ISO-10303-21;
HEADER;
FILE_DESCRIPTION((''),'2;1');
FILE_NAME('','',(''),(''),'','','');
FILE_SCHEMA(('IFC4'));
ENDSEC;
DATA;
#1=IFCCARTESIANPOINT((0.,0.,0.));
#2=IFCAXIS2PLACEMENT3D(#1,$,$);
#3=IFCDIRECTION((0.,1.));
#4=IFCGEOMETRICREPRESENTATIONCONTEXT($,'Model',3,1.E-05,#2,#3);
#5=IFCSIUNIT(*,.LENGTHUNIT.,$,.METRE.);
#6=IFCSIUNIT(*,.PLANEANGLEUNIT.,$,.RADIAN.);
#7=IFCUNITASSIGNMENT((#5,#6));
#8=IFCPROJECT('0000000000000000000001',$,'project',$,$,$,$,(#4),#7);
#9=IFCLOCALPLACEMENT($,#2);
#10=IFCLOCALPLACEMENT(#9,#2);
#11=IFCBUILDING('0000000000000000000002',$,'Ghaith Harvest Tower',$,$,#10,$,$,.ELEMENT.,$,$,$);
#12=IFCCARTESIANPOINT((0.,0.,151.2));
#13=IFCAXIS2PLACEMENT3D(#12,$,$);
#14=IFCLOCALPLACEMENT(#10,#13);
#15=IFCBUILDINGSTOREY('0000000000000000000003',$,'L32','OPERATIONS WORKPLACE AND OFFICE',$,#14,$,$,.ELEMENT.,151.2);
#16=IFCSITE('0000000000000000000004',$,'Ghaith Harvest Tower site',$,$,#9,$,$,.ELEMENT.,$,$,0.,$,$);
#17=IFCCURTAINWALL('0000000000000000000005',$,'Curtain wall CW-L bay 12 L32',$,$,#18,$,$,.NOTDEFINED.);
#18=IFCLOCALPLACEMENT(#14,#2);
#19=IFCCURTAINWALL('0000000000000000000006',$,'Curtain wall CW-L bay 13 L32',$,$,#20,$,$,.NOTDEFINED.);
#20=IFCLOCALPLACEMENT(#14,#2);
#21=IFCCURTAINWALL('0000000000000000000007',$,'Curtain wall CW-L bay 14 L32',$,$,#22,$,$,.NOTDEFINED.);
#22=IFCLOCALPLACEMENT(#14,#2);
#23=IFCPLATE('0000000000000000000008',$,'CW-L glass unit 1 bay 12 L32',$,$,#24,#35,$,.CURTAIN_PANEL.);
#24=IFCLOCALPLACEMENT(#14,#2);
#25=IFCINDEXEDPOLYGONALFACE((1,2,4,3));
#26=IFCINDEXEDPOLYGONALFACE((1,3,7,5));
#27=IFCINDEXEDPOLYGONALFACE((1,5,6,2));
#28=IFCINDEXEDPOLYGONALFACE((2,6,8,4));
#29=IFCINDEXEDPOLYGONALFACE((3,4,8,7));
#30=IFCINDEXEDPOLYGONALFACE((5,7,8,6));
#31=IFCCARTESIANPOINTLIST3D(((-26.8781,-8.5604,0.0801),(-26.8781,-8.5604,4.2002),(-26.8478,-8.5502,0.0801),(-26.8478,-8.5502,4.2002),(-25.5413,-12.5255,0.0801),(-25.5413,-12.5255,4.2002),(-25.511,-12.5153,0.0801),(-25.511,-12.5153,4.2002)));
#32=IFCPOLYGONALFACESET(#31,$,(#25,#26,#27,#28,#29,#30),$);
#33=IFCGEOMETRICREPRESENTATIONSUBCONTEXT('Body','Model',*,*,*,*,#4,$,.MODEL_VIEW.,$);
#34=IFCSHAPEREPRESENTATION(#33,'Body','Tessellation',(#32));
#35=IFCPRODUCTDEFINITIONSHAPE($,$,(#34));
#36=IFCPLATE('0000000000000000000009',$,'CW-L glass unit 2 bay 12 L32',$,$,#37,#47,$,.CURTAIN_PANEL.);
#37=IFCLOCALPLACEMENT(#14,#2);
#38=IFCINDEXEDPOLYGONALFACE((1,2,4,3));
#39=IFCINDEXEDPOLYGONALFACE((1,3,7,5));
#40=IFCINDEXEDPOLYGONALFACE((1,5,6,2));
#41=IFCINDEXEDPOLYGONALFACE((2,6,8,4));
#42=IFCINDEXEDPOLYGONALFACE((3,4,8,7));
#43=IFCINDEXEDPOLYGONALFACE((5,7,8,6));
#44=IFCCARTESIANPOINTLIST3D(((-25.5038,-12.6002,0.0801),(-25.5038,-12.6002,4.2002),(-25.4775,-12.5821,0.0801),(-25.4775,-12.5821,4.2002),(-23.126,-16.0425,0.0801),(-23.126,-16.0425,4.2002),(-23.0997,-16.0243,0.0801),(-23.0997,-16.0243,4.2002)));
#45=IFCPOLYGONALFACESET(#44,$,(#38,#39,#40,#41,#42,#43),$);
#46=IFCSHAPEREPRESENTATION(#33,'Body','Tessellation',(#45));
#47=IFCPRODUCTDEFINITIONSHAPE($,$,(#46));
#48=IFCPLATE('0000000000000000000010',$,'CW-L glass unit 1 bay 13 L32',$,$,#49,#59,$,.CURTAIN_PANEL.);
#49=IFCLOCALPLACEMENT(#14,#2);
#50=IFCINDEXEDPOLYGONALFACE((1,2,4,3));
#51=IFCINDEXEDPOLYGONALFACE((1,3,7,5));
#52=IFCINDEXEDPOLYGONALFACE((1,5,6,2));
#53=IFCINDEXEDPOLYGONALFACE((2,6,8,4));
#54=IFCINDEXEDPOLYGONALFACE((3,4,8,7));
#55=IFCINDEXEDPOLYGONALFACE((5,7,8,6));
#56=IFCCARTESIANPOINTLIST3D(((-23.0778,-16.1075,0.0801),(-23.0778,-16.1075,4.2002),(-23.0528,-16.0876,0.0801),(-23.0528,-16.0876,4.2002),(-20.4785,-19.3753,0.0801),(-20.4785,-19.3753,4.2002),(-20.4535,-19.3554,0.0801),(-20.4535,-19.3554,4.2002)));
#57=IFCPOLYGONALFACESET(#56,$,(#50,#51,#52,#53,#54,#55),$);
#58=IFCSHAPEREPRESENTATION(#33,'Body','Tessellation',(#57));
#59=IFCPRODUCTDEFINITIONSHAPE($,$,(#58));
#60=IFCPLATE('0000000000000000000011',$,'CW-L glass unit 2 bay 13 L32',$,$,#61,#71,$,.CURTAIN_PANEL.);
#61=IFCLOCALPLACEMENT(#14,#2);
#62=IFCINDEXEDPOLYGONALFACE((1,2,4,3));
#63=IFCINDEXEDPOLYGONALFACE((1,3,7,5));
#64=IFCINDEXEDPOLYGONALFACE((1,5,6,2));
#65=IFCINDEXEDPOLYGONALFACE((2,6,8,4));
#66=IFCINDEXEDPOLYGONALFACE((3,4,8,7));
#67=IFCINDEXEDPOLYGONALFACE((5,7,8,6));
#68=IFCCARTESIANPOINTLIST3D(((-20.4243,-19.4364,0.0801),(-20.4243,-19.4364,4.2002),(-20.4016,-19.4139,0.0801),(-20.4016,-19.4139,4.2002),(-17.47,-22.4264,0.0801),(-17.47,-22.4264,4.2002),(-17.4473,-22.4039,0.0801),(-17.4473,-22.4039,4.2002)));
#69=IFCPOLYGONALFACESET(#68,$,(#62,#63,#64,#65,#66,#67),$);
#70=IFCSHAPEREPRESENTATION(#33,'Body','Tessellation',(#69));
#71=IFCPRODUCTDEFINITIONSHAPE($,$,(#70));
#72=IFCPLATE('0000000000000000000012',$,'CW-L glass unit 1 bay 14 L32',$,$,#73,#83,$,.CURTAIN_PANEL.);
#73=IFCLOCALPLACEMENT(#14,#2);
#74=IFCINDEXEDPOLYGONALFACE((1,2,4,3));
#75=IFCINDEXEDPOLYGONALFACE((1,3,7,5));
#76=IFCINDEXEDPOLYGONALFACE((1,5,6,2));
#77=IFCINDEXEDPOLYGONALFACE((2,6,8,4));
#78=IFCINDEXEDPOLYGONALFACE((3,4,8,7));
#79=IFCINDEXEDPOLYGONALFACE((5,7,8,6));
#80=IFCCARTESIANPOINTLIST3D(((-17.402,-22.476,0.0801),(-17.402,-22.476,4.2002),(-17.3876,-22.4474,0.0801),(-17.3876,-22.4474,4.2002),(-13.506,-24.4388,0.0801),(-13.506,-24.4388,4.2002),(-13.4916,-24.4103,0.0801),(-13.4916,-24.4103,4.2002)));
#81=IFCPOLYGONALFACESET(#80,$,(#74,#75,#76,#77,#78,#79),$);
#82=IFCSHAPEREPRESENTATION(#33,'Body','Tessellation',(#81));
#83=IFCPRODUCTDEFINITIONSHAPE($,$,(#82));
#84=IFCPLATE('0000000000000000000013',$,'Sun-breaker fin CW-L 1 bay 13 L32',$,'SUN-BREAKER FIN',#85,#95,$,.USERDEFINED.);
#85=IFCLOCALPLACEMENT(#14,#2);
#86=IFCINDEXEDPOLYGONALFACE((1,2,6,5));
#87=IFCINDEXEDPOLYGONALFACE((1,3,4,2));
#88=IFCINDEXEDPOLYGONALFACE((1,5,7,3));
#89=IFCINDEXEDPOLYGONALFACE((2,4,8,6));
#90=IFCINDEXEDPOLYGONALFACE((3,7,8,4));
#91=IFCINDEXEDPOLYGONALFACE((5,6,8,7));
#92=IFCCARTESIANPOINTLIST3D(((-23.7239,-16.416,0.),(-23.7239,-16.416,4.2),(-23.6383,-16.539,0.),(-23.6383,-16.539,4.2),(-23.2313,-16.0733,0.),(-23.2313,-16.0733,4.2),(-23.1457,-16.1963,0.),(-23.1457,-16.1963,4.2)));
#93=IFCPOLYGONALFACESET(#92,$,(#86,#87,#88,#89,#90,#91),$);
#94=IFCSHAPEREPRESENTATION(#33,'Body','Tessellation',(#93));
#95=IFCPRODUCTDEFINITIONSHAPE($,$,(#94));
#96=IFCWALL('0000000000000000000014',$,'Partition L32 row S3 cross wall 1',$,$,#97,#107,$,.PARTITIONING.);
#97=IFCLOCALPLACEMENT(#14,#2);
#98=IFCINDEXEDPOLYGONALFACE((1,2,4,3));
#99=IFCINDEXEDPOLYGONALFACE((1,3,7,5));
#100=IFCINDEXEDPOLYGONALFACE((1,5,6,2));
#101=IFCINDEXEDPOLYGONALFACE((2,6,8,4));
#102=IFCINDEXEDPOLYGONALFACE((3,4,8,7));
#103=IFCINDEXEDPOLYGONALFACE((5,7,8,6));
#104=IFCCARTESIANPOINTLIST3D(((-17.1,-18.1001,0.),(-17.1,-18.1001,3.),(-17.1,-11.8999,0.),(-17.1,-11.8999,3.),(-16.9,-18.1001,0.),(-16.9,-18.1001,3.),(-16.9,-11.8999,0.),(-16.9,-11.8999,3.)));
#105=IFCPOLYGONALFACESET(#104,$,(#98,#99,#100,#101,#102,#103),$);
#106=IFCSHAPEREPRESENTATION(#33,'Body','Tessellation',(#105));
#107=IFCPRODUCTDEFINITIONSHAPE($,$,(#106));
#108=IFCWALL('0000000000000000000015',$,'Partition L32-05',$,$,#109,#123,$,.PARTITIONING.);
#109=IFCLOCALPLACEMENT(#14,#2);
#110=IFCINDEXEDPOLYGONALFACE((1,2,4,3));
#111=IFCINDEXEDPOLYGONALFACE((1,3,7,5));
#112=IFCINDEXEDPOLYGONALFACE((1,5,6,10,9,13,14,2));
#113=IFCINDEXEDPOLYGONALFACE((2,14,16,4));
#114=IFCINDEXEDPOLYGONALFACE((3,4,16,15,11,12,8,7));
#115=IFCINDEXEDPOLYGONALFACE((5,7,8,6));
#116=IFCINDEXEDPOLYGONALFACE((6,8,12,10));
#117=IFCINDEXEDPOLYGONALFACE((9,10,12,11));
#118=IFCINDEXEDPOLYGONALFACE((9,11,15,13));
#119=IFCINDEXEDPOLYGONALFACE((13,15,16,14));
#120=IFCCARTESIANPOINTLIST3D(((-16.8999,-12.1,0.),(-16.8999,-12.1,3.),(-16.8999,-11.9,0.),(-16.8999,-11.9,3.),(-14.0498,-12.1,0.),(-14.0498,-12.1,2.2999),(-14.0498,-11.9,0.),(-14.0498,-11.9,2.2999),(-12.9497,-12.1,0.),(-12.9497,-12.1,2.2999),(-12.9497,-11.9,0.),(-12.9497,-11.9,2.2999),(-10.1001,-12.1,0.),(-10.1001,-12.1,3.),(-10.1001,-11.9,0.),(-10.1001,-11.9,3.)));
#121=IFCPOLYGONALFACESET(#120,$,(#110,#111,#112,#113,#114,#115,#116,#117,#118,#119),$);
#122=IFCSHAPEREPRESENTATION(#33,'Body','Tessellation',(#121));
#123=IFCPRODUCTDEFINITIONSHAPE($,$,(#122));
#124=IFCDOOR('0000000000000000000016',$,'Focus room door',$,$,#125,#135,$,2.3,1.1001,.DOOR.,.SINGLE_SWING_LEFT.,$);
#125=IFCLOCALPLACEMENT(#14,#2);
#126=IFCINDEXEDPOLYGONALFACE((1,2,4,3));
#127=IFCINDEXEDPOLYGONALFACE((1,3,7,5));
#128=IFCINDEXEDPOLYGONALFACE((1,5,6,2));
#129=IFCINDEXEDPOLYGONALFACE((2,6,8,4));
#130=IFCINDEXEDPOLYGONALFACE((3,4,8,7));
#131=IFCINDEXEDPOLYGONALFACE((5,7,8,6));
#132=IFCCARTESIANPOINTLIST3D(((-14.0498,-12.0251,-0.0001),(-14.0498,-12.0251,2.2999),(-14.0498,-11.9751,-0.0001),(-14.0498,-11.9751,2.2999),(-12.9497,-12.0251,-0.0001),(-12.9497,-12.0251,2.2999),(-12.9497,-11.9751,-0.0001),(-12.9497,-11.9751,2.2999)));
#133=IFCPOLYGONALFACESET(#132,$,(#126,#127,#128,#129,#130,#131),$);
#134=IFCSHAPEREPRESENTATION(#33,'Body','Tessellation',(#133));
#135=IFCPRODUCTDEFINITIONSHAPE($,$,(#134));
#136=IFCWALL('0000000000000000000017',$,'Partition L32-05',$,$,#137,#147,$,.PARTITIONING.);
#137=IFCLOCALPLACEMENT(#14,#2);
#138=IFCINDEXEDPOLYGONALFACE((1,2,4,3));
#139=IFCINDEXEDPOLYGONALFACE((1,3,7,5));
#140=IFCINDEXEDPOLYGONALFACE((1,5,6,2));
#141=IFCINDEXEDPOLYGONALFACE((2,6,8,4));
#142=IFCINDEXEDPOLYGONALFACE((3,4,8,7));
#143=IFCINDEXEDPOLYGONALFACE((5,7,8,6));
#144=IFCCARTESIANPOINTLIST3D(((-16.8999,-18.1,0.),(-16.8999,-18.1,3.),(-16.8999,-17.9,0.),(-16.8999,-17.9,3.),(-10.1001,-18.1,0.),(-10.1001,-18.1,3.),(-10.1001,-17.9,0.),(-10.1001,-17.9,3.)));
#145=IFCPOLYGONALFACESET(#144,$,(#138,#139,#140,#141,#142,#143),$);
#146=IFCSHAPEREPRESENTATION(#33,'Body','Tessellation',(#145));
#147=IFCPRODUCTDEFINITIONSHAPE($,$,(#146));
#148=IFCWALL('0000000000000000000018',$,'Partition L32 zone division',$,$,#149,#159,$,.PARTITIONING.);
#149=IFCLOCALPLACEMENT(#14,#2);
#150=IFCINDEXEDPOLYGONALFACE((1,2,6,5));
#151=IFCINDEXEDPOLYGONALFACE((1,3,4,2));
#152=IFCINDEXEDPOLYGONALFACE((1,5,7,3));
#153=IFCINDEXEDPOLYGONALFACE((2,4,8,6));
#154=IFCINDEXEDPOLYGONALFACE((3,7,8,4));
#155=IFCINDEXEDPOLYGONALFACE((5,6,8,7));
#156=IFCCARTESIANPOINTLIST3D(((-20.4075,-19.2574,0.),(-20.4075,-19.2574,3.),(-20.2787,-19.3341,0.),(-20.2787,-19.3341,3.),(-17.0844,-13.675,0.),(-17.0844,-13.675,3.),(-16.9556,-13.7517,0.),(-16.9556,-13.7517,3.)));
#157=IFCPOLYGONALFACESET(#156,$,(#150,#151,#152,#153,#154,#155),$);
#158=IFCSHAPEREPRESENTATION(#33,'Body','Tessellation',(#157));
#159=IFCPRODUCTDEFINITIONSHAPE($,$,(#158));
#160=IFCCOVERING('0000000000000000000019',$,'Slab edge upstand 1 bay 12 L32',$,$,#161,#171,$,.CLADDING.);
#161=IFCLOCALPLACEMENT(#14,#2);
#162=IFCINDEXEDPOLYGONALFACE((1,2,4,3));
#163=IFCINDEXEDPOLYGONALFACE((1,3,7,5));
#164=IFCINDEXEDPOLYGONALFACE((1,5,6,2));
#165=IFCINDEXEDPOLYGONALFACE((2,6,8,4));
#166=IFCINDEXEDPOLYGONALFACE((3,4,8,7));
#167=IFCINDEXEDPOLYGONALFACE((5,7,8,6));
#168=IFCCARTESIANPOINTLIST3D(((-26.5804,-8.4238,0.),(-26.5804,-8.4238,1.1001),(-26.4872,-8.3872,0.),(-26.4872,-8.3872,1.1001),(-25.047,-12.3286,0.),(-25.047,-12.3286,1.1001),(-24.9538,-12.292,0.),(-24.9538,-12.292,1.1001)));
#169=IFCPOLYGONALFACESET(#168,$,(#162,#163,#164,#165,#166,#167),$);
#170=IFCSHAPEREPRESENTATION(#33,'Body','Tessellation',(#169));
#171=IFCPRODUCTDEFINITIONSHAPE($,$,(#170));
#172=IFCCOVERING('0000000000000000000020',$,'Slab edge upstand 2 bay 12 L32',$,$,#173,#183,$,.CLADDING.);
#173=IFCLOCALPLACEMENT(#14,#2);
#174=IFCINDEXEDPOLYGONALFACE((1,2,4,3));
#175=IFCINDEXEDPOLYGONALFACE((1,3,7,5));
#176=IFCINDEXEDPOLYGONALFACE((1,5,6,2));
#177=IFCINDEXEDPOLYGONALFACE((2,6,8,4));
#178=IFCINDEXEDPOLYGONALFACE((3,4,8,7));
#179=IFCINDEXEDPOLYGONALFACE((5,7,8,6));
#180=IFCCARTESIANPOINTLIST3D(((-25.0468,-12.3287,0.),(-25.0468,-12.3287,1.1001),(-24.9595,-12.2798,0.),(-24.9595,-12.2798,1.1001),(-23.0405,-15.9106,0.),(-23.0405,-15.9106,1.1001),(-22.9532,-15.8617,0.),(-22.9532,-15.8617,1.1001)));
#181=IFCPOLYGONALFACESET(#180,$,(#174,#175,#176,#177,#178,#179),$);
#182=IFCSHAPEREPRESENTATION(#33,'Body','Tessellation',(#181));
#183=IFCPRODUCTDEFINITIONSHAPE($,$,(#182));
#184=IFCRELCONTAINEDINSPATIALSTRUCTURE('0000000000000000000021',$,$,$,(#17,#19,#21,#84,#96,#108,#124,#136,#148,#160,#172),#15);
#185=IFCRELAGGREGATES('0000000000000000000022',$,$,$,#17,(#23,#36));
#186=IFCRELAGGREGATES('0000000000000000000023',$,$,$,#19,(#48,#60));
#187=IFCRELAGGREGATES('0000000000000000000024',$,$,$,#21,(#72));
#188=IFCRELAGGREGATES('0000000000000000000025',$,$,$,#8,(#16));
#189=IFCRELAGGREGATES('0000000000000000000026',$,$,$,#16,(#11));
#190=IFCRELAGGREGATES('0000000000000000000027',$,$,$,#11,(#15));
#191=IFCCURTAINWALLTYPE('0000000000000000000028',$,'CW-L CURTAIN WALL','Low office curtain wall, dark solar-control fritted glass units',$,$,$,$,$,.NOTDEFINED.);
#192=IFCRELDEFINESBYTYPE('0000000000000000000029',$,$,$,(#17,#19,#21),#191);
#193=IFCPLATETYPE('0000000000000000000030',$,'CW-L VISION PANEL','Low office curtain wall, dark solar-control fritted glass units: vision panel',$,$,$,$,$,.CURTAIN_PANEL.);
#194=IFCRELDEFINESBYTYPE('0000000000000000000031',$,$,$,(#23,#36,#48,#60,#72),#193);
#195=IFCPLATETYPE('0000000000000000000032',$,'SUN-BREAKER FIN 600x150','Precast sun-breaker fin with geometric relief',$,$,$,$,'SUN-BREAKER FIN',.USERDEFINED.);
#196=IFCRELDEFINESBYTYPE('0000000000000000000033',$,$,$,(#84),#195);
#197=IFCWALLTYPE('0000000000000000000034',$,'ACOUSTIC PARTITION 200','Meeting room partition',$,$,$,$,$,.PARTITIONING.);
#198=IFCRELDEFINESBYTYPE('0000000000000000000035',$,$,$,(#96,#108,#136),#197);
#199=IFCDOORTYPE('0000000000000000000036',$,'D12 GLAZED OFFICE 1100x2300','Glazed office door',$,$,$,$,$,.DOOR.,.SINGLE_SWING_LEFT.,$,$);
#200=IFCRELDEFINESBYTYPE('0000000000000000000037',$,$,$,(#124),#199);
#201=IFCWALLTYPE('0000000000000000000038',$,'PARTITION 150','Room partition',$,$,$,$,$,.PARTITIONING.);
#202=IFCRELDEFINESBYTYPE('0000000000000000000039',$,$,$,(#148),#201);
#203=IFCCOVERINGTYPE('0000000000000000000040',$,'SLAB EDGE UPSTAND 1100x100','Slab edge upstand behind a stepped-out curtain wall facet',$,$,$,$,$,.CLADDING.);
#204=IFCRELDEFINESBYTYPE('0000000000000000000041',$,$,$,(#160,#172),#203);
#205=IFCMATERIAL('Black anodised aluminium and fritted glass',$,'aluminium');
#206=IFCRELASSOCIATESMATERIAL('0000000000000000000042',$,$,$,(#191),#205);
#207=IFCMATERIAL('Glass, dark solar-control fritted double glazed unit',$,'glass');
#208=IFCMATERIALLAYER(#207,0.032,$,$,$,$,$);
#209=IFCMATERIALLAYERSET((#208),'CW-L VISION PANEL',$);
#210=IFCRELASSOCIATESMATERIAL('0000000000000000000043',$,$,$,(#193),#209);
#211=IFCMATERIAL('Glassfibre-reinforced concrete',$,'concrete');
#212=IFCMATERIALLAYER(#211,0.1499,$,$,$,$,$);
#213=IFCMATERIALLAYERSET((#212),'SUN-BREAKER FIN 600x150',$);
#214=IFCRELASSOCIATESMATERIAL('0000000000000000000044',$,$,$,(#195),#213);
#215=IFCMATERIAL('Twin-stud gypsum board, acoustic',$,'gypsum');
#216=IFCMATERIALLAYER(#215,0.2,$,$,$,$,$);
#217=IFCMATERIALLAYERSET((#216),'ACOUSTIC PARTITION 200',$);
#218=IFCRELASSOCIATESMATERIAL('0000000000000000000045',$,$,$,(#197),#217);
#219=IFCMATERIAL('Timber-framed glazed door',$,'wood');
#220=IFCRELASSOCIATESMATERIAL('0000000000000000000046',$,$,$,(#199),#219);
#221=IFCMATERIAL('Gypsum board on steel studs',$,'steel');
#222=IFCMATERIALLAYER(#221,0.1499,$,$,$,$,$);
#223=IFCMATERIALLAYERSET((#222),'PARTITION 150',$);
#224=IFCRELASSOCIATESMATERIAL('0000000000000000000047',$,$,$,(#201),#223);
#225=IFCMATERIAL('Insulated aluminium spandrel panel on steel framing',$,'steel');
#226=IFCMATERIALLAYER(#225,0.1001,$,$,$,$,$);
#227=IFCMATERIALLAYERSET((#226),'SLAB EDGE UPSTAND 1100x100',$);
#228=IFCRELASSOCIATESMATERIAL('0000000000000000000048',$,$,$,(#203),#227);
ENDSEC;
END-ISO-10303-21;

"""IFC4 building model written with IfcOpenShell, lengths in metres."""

from ifc_helpers import new_model, si_unit, direction, frame, frame_2d, origin, origin_2d, place, context, subcontext, project, spatial, rectangle, extrude, material, layer, layer_set, type_object, element, fill, aggregate, save


model = new_model("IFC4")

# Units and contexts
model_context = context("Model", 3, precision=1e-05, world=origin(), true_north=direction((0.0, 1.0)))
body_context = subcontext(model_context, "Body", "Model", "MODEL_VIEW")
ifc_project = project(units=[si_unit("LENGTHUNIT", "METRE"), si_unit("PLANEANGLEUNIT", "RADIAN")], contexts=[model_context])

# Site, building, storey
site_placement = place(None, origin())
site = spatial("IfcSite", under=ifc_project, at=site_placement, Name="Ghaith Harvest Tower site", CompositionType="ELEMENT", RefElevation=0.0)
building_placement = place(site_placement, origin())
building = spatial("IfcBuilding", under=site, at=building_placement, Name="Ghaith Harvest Tower", CompositionType="ELEMENT")
storey_placement = place(building_placement, frame((0.0, 0.0, 151.2)))
storey = spatial("IfcBuildingStorey", under=building, at=storey_placement, Name="L32", Description="OPERATIONS WORKPLACE AND OFFICE", CompositionType="ELEMENT", Elevation=151.2)

# Curtain wall
ifc_material_1 = material(Name="Black anodised aluminium and fritted glass", Category="aluminium")
curtain_wall_type = type_object("IfcCurtainWallType", Name="CW-L CURTAIN WALL", Description="Low office curtain wall, dark solar-control fritted glass units", PredefinedType="NOTDEFINED", material=ifc_material_1)
curtain_wall_1_placement = place(storey_placement, origin())
curtain_wall_1 = element("IfcCurtainWall", 1, at=curtain_wall_1_placement, inside=storey, type_object=curtain_wall_type, Name="Curtain wall CW-L bay 12 L32", PredefinedType="NOTDEFINED")

# Curtain wall
curtain_wall_2_placement = place(storey_placement, origin())
curtain_wall_2 = element("IfcCurtainWall", 2, at=curtain_wall_2_placement, inside=storey, type_object=curtain_wall_type, Name="Curtain wall CW-L bay 13 L32", PredefinedType="NOTDEFINED")

# Curtain wall
curtain_wall_3_placement = place(storey_placement, origin())
curtain_wall_3 = element("IfcCurtainWall", 3, at=curtain_wall_3_placement, inside=storey, type_object=curtain_wall_type, Name="Curtain wall CW-L bay 14 L32", PredefinedType="NOTDEFINED")

# Plates
ifc_material_2 = material(Name="Glass, dark solar-control fritted double glazed unit", Category="glass")
ifc_layer_1 = layer(ifc_material_2, 0.032)
ifc_layer_set_1 = layer_set([ifc_layer_1], Name="CW-L VISION PANEL")
plate_type_1 = type_object("IfcPlateType", Name="CW-L VISION PANEL", Description="Low office curtain wall, dark solar-control fritted glass units: vision panel", PredefinedType="CURTAIN_PANEL", material=ifc_layer_set_1)
plate_1_placement = place(storey_placement, frame((-26.1946, -10.5378, 0.0801), z_axis=(0.0, 0.0, 1.0), x_axis=(0.319477, -0.947594, 0.0)))
plate_1 = element("IfcPlate", 4, at=plate_1_placement, type_object=plate_type_1, Name="CW-L glass unit 1 bay 12 L32", PredefinedType="CURTAIN_PANEL", context=body_context, shape_type="SweptSolid", body=[
    extrude(rectangle(XDim=4.1843, YDim=0.032, at=origin_2d()), origin(), (0.0, 0.0, 1.0), 4.1201),
])
plate_2_placement = place(storey_placement, frame((-24.3018, -14.3123, 0.0801), z_axis=(0.0, 0.0, 1.0), x_axis=(0.568348, -0.822788, 0.0)))
plate_2 = element("IfcPlate", 5, at=plate_2_placement, type_object=plate_type_1, Name="CW-L glass unit 2 bay 12 L32", PredefinedType="CURTAIN_PANEL", context=body_context, shape_type="SweptSolid", body=[
    extrude(rectangle(XDim=4.1836, YDim=0.032, at=origin_2d()), origin(), (0.0, 0.0, 1.0), 4.1201),
])
aggregate(curtain_wall_1, [plate_1, plate_2])
plate_3_placement = place(storey_placement, frame((-21.7656, -17.7314, 0.0801), z_axis=(0.0, 0.0, 1.0), x_axis=(0.622507, -0.782614, 0.0)))
plate_3 = element("IfcPlate", 6, at=plate_3_placement, type_object=plate_type_1, Name="CW-L glass unit 1 bay 13 L32", PredefinedType="CURTAIN_PANEL", context=body_context, shape_type="SweptSolid", body=[
    extrude(rectangle(XDim=4.1755, YDim=0.032, at=origin_2d()), origin(), (0.0, 0.0, 1.0), 4.1201),
])
plate_4_placement = place(storey_placement, frame((-18.9358, -20.9202, 0.0801), z_axis=(0.0, 0.0, 1.0), x_axis=(0.702843, -0.711345, 0.0)))
plate_4 = element("IfcPlate", 7, at=plate_4_placement, type_object=plate_type_1, Name="CW-L glass unit 2 bay 13 L32", PredefinedType="CURTAIN_PANEL", context=body_context, shape_type="SweptSolid", body=[
    extrude(rectangle(XDim=4.2034, YDim=0.032, at=origin_2d()), origin(), (0.0, 0.0, 1.0), 4.1201),
])
aggregate(curtain_wall_2, [plate_3, plate_4])
plate_5_placement = place(storey_placement, frame((-15.4468, -23.4431, 0.0801), z_axis=(0.0, 0.0, 1.0), x_axis=(0.893062, -0.449933, 0.0)))
plate_5 = element("IfcPlate", 8, at=plate_5_placement, type_object=plate_type_1, Name="CW-L glass unit 1 bay 14 L32", PredefinedType="CURTAIN_PANEL", context=body_context, shape_type="SweptSolid", body=[
    extrude(rectangle(XDim=4.3625, YDim=0.032, at=origin_2d()), origin(), (0.0, 0.0, 1.0), 4.1201),
])
aggregate(curtain_wall_3, [plate_5])
ifc_material_3 = material(Name="Glassfibre-reinforced concrete", Category="concrete")
ifc_layer_2 = layer(ifc_material_3, 0.1499)
ifc_layer_set_2 = layer_set([ifc_layer_2], Name="SUN-BREAKER FIN 600x150")
plate_type_2 = type_object("IfcPlateType", Name="SUN-BREAKER FIN 600x150", Description="Precast sun-breaker fin with geometric relief", ElementType="SUN-BREAKER FIN", PredefinedType="USERDEFINED", material=ifc_layer_set_2)
plate_6_placement = place(storey_placement, frame((-23.4348, -16.3062, 0.0), z_axis=(0.0, 0.0, 1.0), x_axis=(-0.820845, -0.57115, 0.0)))
element("IfcPlate", 9, at=plate_6_placement, inside=storey, type_object=plate_type_2, Name="Sun-breaker fin CW-L 1 bay 13 L32", ObjectType="SUN-BREAKER FIN", PredefinedType="USERDEFINED", context=body_context, shape_type="SweptSolid", body=[
    extrude(rectangle(XDim=0.6001, YDim=0.1499, at=origin_2d()), origin(), (0.0, 0.0, 1.0), 4.2),
])

# Wall
ifc_material_4 = material(Name="Twin-stud gypsum board, acoustic", Category="gypsum")
ifc_layer_3 = layer(ifc_material_4, 0.2)
ifc_layer_set_3 = layer_set([ifc_layer_3], Name="ACOUSTIC PARTITION 200")
wall_type_1 = type_object("IfcWallType", Name="ACOUSTIC PARTITION 200", Description="Meeting room partition", PredefinedType="PARTITIONING", material=ifc_layer_set_3)
wall_1_placement = place(storey_placement, frame((-17.0, -11.8999, 0.0), z_axis=(0.0, 0.0, 1.0), x_axis=(0.0, -1.0, 0.0)))
element("IfcWall", 10, at=wall_1_placement, inside=storey, type_object=wall_type_1, Name="Partition L32 row S3 cross wall 1", PredefinedType="PARTITIONING", context=body_context, shape_type="SweptSolid", body=[
    extrude(rectangle(XDim=6.2002, YDim=0.2, at=frame_2d((3.1001, 0.0))), origin(), (0.0, 0.0, 1.0), 3.0),
])

# Wall, opening, door
wall_2_placement = place(storey_placement, frame((-16.8999, -12.0, 0.0), z_axis=(0.0, 0.0, 1.0), x_axis=(1.0, 0.0, 0.0)))
wall_2 = element("IfcWall", 11, at=wall_2_placement, inside=storey, type_object=wall_type_1, Name="Partition L32-05", PredefinedType="PARTITIONING", context=body_context, shape_type="SweptSolid", body=[
    extrude(rectangle(XDim=6.7998, YDim=0.2, at=frame_2d((3.3999, 0.0))), origin(), (0.0, 0.0, 1.0), 3.0),
])
opening_1_placement = place(wall_2_placement, frame((2.8501, 0.0, 0.0)))
opening_1 = element("IfcOpeningElement", 12, at=opening_1_placement, cuts=wall_2, PredefinedType="OPENING", context=body_context, shape_type="SweptSolid", body=[
    extrude(rectangle(XDim=1.1001, YDim=2.3, at=frame_2d((0.55, 1.1499))), frame((0.0, 0.1099, 0.0), z_axis=(0.0, -1.0, 0.0), x_axis=(1.0, 0.0, 0.0)), (0.0, 0.0, 1.0), 0.22),
])
ifc_material_5 = material(Name="Timber-framed glazed door", Category="wood")
door_type_1 = type_object("IfcDoorType", Name="D12 GLAZED OFFICE 1100x2300", Description="Glazed office door", OperationType="SINGLE_SWING_LEFT", PredefinedType="DOOR", material=ifc_material_5)
door_1_placement = place(opening_1_placement, origin())
door_1 = element("IfcDoor", 13, at=door_1_placement, inside=storey, type_object=door_type_1, Name="Focus room door", OperationType="SINGLE_SWING_LEFT", OverallHeight=2.3, OverallWidth=1.1001, PredefinedType="DOOR", context=body_context, shape_type="SweptSolid", body=[
    extrude(rectangle(XDim=1.1001, YDim=2.3, at=frame_2d((0.55, 1.1499))), frame((0.0, 0.0249, 0.0), z_axis=(0.0, -1.0, 0.0), x_axis=(1.0, 0.0, 0.0)), (0.0, 0.0, 1.0), 0.05),
])
fill(opening_1, door_1)

# Wall
wall_3_placement = place(storey_placement, frame((-16.8999, -18.0, 0.0), z_axis=(0.0, 0.0, 1.0), x_axis=(1.0, 0.0, 0.0)))
element("IfcWall", 14, at=wall_3_placement, inside=storey, type_object=wall_type_1, Name="Partition L32-05", PredefinedType="PARTITIONING", context=body_context, shape_type="SweptSolid", body=[
    extrude(rectangle(XDim=6.7998, YDim=0.2, at=frame_2d((3.3999, 0.0))), origin(), (0.0, 0.0, 1.0), 3.0),
])

# Wall
ifc_material_6 = material(Name="Gypsum board on steel studs", Category="steel")
ifc_layer_4 = layer(ifc_material_6, 0.1499)
ifc_layer_set_4 = layer_set([ifc_layer_4], Name="PARTITION 150")
wall_type_2 = type_object("IfcWallType", Name="PARTITION 150", Description="Room partition", PredefinedType="PARTITIONING", material=ifc_layer_set_4)
wall_4_placement = place(storey_placement, frame((-17.02, -13.7134, 0.0), z_axis=(0.0, 0.0, 1.0), x_axis=(-0.511508, -0.859278, 0.0)))
element("IfcWall", 15, at=wall_4_placement, inside=storey, type_object=wall_type_2, Name="Partition L32 zone division", PredefinedType="PARTITIONING", context=body_context, shape_type="SweptSolid", body=[
    extrude(rectangle(XDim=6.4966, YDim=0.1499, at=frame_2d((3.2483, 0.0))), origin(), (0.0, 0.0, 1.0), 3.0),
])

# Coverings
ifc_material_7 = material(Name="Insulated aluminium spandrel panel on steel framing", Category="steel")
ifc_layer_5 = layer(ifc_material_7, 0.1001)
ifc_layer_set_5 = layer_set([ifc_layer_5], Name="SLAB EDGE UPSTAND 1100x100")
covering_type = type_object("IfcCoveringType", Name="SLAB EDGE UPSTAND 1100x100", Description="Slab edge upstand behind a stepped-out curtain wall facet", PredefinedType="CLADDING", material=ifc_layer_set_5)
covering_1_placement = place(storey_placement, frame((-25.7671, -10.3579, 0.0), z_axis=(0.0, 0.0, 1.0), x_axis=(0.365515, -0.930805, 0.0)))
element("IfcCovering", 16, at=covering_1_placement, inside=storey, type_object=covering_type, Name="Slab edge upstand 1 bay 12 L32", PredefinedType="CLADDING", context=body_context, shape_type="SweptSolid", body=[
    extrude(rectangle(XDim=4.1951, YDim=0.1001, at=origin_2d()), origin(), (0.0, 0.0, 1.0), 1.1001),
])
covering_2_placement = place(storey_placement, frame((-24.0, -14.0952, 0.0), z_axis=(0.0, 0.0, 1.0), x_axis=(0.488684, -0.872461, 0.0)))
element("IfcCovering", 17, at=covering_2_placement, inside=storey, type_object=covering_type, Name="Slab edge upstand 2 bay 12 L32", PredefinedType="CLADDING", context=body_context, shape_type="SweptSolid", body=[
    extrude(rectangle(XDim=4.1055, YDim=0.1001, at=origin_2d()), origin(), (0.0, 0.0, 1.0), 1.1001),
])

save(model, "model.ifc")
